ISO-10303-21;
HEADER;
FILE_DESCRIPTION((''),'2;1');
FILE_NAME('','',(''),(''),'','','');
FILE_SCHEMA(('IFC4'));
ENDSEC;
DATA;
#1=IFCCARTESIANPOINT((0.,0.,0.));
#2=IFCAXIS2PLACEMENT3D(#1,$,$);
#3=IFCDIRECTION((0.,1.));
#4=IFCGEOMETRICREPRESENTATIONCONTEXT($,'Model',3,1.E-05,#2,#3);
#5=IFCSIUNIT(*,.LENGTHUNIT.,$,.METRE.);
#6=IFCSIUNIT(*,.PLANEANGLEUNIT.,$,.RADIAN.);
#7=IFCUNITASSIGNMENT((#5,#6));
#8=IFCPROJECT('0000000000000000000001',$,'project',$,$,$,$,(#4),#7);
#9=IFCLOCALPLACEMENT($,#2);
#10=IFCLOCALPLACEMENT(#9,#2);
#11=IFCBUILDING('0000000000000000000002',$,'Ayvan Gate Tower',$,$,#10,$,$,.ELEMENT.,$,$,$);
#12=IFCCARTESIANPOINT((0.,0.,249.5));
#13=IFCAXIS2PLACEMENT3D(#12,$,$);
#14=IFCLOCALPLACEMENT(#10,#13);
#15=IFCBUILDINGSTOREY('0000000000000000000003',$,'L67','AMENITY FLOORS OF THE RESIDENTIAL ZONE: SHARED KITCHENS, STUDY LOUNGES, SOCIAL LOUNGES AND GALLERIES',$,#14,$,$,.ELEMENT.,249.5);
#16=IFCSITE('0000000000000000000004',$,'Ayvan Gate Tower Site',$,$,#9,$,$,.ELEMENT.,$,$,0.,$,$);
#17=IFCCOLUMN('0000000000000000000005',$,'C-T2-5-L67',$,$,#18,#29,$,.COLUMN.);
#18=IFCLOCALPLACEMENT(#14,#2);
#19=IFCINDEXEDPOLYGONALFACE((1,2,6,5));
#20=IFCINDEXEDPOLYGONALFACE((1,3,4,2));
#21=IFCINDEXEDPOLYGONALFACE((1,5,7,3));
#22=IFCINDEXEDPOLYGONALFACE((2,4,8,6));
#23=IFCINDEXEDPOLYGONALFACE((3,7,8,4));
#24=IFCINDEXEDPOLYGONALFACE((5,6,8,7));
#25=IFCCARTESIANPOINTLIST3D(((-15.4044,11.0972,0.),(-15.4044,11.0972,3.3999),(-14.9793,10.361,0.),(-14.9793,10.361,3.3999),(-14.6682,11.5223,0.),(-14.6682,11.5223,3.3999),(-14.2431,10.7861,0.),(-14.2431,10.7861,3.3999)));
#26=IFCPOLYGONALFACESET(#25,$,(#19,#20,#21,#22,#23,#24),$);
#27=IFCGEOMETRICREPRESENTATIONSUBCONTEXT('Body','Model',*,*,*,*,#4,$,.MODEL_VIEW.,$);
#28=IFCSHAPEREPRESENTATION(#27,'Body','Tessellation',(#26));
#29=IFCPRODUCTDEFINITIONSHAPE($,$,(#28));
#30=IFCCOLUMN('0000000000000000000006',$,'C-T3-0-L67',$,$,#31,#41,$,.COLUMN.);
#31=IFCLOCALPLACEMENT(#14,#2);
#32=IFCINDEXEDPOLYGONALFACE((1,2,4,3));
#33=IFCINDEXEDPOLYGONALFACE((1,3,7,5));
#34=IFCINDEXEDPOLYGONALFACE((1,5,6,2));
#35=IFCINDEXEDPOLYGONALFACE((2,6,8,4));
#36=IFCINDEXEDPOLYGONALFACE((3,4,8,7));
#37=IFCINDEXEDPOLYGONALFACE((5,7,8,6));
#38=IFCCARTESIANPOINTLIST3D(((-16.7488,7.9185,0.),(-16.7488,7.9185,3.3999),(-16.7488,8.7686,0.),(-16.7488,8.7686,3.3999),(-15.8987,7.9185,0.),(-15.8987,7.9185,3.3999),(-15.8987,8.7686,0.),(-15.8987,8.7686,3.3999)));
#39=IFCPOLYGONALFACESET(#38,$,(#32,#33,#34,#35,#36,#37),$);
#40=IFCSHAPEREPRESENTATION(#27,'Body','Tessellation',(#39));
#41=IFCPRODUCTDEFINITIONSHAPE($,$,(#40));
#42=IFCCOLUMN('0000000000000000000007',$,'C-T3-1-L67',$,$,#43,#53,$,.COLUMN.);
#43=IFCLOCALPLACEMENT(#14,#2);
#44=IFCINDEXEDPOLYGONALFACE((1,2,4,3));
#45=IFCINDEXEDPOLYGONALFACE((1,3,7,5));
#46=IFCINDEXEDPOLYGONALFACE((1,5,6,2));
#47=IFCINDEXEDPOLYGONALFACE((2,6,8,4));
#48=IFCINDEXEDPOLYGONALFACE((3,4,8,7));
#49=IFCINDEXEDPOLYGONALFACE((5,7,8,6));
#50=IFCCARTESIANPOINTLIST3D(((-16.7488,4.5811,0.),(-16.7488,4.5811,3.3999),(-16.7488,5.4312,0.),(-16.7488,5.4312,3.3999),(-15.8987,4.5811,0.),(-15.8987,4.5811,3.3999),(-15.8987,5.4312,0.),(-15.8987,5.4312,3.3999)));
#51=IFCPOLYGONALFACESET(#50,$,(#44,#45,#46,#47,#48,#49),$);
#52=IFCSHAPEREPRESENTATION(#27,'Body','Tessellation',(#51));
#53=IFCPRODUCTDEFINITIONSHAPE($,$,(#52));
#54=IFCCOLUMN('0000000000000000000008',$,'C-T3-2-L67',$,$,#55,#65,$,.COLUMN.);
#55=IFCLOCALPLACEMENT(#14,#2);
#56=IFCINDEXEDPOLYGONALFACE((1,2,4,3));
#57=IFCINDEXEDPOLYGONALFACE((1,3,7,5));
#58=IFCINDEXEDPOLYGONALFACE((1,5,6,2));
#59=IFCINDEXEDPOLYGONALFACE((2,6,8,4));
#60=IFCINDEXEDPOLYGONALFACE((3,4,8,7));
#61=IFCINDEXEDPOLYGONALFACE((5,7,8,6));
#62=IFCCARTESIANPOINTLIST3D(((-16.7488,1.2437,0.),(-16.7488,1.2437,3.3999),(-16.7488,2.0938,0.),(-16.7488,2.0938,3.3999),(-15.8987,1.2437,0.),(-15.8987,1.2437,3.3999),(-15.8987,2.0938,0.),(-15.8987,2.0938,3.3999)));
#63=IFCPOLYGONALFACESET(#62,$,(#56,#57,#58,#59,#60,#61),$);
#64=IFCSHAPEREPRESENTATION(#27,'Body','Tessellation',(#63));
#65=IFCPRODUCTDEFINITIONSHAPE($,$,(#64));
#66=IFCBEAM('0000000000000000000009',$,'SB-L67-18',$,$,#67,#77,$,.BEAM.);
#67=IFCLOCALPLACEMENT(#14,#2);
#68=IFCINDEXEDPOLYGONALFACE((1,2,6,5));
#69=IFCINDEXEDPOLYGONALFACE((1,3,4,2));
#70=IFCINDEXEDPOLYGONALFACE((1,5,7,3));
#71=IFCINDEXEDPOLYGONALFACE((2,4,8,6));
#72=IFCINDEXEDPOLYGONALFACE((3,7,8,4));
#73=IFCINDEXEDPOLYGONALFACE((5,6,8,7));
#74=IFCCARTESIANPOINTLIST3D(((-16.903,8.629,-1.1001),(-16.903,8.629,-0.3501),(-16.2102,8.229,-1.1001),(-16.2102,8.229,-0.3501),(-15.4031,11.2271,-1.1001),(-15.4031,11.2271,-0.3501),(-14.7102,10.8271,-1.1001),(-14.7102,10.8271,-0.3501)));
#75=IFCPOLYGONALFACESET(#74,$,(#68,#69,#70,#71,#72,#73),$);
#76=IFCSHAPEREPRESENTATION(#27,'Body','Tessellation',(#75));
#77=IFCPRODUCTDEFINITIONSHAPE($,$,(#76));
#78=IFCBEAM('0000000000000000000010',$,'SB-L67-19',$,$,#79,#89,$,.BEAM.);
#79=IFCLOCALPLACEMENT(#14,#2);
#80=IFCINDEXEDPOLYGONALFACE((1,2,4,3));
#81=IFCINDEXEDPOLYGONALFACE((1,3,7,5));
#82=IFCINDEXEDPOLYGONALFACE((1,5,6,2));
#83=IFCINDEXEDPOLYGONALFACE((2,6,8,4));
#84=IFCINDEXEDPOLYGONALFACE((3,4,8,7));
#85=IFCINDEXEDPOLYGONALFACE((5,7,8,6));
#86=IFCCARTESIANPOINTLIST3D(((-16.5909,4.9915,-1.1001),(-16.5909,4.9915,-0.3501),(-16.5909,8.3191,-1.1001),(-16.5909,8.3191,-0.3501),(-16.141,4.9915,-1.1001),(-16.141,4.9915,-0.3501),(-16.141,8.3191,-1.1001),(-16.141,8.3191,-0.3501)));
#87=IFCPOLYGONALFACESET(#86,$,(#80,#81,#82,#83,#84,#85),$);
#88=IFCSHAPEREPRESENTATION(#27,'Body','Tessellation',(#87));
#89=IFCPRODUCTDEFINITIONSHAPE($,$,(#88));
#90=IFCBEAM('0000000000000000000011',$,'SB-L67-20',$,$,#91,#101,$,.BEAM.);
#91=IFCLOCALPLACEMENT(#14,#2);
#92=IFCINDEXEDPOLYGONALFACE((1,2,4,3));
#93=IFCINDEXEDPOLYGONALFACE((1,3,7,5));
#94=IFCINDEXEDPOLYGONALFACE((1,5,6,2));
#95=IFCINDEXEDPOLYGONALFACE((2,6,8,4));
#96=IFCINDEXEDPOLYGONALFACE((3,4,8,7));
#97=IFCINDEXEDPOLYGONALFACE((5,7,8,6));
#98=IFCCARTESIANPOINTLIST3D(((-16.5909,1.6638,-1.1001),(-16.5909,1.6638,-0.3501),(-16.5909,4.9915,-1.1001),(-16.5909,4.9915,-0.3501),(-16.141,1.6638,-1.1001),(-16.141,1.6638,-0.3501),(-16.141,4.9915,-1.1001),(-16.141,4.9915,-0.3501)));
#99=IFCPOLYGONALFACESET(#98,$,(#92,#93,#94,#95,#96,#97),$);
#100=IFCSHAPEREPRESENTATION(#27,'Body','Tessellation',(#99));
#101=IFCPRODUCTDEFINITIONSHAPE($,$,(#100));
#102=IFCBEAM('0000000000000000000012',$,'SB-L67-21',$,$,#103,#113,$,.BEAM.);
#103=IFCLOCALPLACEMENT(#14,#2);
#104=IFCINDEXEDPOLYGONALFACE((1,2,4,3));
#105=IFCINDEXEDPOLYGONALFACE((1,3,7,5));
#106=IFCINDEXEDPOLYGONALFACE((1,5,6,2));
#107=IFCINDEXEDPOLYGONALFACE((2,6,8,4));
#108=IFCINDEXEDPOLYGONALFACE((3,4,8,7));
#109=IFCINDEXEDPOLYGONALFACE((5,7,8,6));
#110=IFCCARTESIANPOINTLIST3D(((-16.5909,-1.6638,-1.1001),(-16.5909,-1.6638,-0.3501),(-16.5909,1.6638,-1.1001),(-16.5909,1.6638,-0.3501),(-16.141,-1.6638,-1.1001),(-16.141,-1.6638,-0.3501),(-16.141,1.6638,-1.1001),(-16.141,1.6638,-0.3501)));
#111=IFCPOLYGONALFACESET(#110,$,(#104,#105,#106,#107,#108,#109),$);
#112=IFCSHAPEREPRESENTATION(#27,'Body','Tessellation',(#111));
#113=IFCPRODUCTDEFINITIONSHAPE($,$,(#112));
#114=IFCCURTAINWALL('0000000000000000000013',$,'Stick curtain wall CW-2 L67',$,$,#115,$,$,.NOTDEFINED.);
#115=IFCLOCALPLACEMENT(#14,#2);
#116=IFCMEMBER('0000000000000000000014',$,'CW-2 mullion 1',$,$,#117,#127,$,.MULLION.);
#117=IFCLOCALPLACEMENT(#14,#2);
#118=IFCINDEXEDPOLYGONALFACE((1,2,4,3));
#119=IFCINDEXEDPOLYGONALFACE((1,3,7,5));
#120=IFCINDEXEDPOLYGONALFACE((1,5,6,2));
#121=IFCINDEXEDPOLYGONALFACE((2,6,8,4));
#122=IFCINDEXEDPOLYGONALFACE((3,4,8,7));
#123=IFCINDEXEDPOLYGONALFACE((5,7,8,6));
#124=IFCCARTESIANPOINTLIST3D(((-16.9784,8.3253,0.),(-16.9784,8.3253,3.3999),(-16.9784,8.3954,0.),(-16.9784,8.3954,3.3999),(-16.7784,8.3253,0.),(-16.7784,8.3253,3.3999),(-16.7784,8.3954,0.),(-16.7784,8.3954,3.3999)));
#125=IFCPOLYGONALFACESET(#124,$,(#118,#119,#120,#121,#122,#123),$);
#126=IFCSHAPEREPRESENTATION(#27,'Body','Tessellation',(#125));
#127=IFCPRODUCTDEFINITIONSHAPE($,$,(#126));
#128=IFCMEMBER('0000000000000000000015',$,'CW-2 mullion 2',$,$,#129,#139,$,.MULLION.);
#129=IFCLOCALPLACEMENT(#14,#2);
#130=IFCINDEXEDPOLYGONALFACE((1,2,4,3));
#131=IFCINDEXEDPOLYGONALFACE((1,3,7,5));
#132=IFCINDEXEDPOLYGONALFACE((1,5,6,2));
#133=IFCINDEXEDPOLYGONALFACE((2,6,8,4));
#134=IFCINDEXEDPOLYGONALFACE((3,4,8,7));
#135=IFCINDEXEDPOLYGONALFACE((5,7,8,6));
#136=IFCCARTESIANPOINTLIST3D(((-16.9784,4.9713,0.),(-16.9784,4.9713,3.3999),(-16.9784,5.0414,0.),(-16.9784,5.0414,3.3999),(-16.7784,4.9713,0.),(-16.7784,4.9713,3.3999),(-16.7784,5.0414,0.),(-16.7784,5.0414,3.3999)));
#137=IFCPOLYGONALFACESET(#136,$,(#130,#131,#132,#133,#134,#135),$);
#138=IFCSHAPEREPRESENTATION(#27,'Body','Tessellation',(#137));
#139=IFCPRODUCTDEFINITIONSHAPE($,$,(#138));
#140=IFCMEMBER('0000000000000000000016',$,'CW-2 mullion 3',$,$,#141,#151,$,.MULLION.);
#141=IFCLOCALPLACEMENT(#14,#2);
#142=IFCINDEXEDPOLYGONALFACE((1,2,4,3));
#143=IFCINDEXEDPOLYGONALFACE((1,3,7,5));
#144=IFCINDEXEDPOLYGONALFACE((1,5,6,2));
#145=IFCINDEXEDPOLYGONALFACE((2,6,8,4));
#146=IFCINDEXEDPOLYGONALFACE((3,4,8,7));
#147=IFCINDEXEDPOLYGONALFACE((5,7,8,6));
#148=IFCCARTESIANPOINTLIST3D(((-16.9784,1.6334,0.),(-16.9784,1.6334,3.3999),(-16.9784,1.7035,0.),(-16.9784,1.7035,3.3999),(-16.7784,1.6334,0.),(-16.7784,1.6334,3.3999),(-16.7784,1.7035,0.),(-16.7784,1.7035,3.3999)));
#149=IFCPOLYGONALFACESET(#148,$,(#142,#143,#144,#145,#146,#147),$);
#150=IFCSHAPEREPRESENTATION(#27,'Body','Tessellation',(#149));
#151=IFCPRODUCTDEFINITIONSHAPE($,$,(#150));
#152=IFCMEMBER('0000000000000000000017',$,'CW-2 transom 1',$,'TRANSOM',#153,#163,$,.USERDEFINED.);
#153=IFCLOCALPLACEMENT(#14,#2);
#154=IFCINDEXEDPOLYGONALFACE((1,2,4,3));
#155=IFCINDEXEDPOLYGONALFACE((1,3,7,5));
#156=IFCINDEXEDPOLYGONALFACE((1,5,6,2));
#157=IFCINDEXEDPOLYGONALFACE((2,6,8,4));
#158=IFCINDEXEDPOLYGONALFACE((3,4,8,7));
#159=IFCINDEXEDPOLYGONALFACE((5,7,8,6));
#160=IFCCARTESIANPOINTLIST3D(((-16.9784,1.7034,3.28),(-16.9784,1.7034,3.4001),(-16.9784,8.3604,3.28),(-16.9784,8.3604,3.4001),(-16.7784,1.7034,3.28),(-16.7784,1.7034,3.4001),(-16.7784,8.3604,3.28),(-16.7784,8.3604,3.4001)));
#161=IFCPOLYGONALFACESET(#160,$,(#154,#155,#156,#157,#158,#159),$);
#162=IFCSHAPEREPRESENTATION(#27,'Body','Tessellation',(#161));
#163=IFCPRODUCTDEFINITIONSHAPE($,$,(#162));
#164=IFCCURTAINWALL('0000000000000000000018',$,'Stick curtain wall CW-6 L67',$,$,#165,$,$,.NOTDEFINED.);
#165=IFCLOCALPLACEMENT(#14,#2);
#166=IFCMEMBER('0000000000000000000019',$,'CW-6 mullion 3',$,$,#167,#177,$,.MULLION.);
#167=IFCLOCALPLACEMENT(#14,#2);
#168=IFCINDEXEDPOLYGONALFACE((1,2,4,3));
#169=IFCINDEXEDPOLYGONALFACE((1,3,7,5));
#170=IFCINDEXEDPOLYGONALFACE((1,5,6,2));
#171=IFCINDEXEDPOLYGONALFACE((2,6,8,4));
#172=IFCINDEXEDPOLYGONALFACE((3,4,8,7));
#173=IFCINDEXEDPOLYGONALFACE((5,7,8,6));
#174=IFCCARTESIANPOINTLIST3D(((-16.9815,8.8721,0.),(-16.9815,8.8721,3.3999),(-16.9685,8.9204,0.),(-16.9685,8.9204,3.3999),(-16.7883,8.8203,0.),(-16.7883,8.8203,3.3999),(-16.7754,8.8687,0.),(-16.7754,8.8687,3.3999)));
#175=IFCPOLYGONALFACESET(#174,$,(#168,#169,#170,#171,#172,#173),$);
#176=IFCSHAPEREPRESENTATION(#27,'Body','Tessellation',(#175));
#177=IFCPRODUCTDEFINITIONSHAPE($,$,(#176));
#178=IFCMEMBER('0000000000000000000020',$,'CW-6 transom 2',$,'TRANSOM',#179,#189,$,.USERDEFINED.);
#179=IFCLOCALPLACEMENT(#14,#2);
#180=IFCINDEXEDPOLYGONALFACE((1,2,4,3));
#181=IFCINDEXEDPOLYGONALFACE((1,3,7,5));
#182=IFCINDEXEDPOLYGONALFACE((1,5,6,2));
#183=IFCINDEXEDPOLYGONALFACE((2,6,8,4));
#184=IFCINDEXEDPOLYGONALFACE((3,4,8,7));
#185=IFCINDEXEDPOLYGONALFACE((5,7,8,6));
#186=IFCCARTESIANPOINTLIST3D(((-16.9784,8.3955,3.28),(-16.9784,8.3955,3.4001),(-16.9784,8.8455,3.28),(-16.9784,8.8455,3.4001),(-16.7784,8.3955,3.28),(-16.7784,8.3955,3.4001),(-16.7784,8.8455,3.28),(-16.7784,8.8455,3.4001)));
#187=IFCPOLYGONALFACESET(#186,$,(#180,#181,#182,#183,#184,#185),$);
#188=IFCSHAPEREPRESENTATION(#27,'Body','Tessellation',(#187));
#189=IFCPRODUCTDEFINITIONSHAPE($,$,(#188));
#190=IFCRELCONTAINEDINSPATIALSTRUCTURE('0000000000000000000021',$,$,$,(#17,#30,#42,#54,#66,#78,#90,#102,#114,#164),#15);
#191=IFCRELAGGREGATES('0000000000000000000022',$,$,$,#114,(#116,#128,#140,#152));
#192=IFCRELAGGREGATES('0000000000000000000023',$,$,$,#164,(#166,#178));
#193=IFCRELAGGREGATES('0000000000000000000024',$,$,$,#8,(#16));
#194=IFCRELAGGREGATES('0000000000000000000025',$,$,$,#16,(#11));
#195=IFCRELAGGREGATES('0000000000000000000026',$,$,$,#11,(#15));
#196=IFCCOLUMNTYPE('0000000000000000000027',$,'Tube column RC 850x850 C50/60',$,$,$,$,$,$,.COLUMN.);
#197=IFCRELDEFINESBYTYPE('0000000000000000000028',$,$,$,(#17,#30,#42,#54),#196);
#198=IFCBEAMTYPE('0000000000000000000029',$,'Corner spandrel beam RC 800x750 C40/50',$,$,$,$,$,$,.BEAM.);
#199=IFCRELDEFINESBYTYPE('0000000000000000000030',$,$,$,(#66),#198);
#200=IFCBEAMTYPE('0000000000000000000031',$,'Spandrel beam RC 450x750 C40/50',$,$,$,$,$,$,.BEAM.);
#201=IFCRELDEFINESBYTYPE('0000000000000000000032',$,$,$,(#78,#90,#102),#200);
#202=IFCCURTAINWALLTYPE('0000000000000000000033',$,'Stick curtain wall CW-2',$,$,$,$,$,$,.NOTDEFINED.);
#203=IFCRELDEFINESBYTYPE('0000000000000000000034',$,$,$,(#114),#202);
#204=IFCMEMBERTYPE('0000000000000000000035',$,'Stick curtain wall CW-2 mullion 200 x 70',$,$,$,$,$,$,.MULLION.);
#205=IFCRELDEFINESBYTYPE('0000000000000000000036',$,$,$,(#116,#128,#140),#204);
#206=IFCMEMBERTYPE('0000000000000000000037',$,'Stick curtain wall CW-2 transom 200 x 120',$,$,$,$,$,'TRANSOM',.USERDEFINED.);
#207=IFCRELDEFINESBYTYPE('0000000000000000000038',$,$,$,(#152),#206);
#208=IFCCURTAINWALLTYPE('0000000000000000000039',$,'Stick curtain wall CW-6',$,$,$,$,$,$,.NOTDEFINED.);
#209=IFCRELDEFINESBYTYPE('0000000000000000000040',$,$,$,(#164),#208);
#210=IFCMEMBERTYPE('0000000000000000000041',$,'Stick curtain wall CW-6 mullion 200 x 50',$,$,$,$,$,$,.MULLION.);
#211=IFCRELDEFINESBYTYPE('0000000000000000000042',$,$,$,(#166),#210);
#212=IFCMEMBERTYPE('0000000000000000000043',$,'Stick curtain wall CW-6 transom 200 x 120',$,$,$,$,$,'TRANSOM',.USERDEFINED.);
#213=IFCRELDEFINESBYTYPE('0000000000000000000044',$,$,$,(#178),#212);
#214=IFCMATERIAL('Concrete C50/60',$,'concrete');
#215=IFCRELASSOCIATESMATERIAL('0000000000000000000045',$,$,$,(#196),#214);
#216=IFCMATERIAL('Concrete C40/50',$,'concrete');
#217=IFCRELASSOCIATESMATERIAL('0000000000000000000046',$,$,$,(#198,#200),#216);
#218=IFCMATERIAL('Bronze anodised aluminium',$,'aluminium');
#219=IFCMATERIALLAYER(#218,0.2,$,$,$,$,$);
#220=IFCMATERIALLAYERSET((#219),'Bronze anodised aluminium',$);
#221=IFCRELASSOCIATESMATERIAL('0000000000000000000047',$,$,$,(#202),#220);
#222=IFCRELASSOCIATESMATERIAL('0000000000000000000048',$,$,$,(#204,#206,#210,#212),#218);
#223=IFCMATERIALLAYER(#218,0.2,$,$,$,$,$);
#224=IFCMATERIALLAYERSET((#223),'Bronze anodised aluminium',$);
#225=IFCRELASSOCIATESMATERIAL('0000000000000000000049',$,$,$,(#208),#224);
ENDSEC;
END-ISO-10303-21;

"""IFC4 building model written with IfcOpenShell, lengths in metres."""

from ifc_helpers import new_model, si_unit, direction, frame, origin, origin_2d, place, context, subcontext, project, spatial, rectangle, extrude, material, layer, layer_set, material_profile, profile_set, type_object, element, aggregate, save


model = new_model("IFC4")

# Units and contexts
model_context = context("Model", 3, precision=1e-05, world=origin(), true_north=direction((0.0, 1.0)))
body_context = subcontext(model_context, "Body", "Model", "MODEL_VIEW")
ifc_project = project(units=[si_unit("LENGTHUNIT", "METRE"), si_unit("PLANEANGLEUNIT", "RADIAN")], contexts=[model_context])

# Site, building, storey
site_placement = place(None, origin())
site = spatial("IfcSite", under=ifc_project, at=site_placement, Name="Ayvan Gate Tower Site", CompositionType="ELEMENT", RefElevation=0.0)
building_placement = place(site_placement, origin())
building = spatial("IfcBuilding", under=site, at=building_placement, Name="Ayvan Gate Tower", CompositionType="ELEMENT")
storey_placement = place(building_placement, frame((0.0, 0.0, 249.5)))
storey = spatial("IfcBuildingStorey", under=building, at=storey_placement, Name="L67", Description="AMENITY FLOORS OF THE RESIDENTIAL ZONE: SHARED KITCHENS, STUDY LOUNGES, SOCIAL LOUNGES AND GALLERIES", CompositionType="ELEMENT", Elevation=249.5)

# Columns
ifc_material_1 = material(Name="Concrete C50/60", Category="concrete")
ifc_material_profile_1 = material_profile(ifc_material_1, rectangle(XDim=0.8501, YDim=0.8501, at=origin_2d()), Name="RC 850x850")
ifc_profile_set_1 = profile_set([ifc_material_profile_1], Name="Concrete C50/60")
column_type = type_object("IfcColumnType", Name="Tube column RC 850x850 C50/60", PredefinedType="COLUMN", material=ifc_profile_set_1)
for number, where, z_axis, x_axis, name in (
    (1, (-14.8237, 10.9417, 0.0), (0.0, 0.0, 1.0), (-0.5, 0.866025, 0.0), "C-T2-5-L67"),
    (2, (-16.3237, 8.3435, 0.0), (0.0, 0.0, 1.0), (-1.0, 0.0, 0.0), "C-T3-0-L67"),
    (3, (-16.3237, 5.0061, 0.0), (0.0, 0.0, 1.0), (-1.0, 0.0, 0.0), "C-T3-1-L67"),
    (4, (-16.3237, 1.6687, 0.0), (0.0, 0.0, 1.0), (-1.0, 0.0, 0.0), "C-T3-2-L67"),
):
    element("IfcColumn", number, at=place(storey_placement, frame(where, z_axis=z_axis, x_axis=x_axis)), inside=storey, type_object=column_type, Name=name, PredefinedType="COLUMN", context=body_context, shape_type="SweptSolid", body=[
        extrude(rectangle(XDim=0.8501, YDim=0.8501, at=origin_2d()), origin(), (0.0, 0.0, 1.0), 3.3999),
    ])

# Beams
ifc_material_2 = material(Name="Concrete C40/50", Category="concrete")
ifc_material_profile_2 = material_profile(ifc_material_2, rectangle(XDim=0.8, YDim=0.75, at=origin_2d()), Name="RC 800x750")
ifc_profile_set_2 = profile_set([ifc_material_profile_2], Name="Concrete C40/50")
beam_type_1 = type_object("IfcBeamType", Name="Corner spandrel beam RC 800x750 C40/50", PredefinedType="BEAM", material=ifc_profile_set_2)
beam_placement = place(storey_placement, frame((-15.0566, 11.0271, -0.7251), z_axis=(-0.49999, -0.866031, 0.0), x_axis=(0.866031, -0.49999, 0.0)))
element("IfcBeam", 5, at=beam_placement, inside=storey, type_object=beam_type_1, Name="SB-L67-18", PredefinedType="BEAM", context=body_context, shape_type="SweptSolid", body=[
    extrude(rectangle(XDim=0.8, YDim=0.75, at=origin_2d()), origin(), (0.0, 0.0, 1.0), 3.0),
])
ifc_material_profile_3 = material_profile(ifc_material_2, rectangle(XDim=0.45, YDim=0.75, at=origin_2d()), Name="RC 450x750")
ifc_profile_set_3 = profile_set([ifc_material_profile_3], Name="Concrete C40/50")
beam_type_2 = type_object("IfcBeamType", Name="Spandrel beam RC 450x750 C40/50", PredefinedType="BEAM", material=ifc_profile_set_3)
for number, where, z_axis, x_axis, name in (
    (6, (-16.366, 8.3191, -0.7251), (0.0, -1.0, 0.0), (1.0, 0.0, 0.0), "SB-L67-19"),
    (7, (-16.366, 4.9915, -0.7251), (0.0, -1.0, 0.0), (1.0, 0.0, 0.0), "SB-L67-20"),
    (8, (-16.366, 1.6638, -0.7251), (0.0, -1.0, 0.0), (1.0, 0.0, 0.0), "SB-L67-21"),
):
    element("IfcBeam", number, at=place(storey_placement, frame(where, z_axis=z_axis, x_axis=x_axis)), inside=storey, type_object=beam_type_2, Name=name, PredefinedType="BEAM", context=body_context, shape_type="SweptSolid", body=[
        extrude(rectangle(XDim=0.45, YDim=0.75, at=origin_2d()), origin(), (0.0, 0.0, 1.0), 3.3276),
    ])

# Curtain walls, members
ifc_material_3 = material(Name="Bronze anodised aluminium", Category="aluminium")
ifc_layer_1 = layer(ifc_material_3, 0.2)
ifc_layer_set_1 = layer_set([ifc_layer_1], Name="Bronze anodised aluminium")
curtain_wall_type_1 = type_object("IfcCurtainWallType", Name="Stick curtain wall CW-2", PredefinedType="NOTDEFINED", material=ifc_layer_set_1)
curtain_wall_1_placement = place(storey_placement, origin())
curtain_wall_1 = element("IfcCurtainWall", 9, at=curtain_wall_1_placement, inside=storey, type_object=curtain_wall_type_1, Name="Stick curtain wall CW-2 L67", PredefinedType="NOTDEFINED")
ifc_material_profile_4 = material_profile(ifc_material_3, rectangle(XDim=0.2, YDim=0.0701, at=origin_2d()), Name="Stick curtain wall CW-2 mullion 200 x 70")
ifc_profile_set_4 = profile_set([ifc_material_profile_4], Name="Bronze anodised aluminium")
member_type_1 = type_object("IfcMemberType", Name="Stick curtain wall CW-2 mullion 200 x 70", PredefinedType="MULLION", material=ifc_profile_set_4)
member_1_placement = place(storey_placement, frame((-16.8784, 8.3604, 0.0), z_axis=(0.0, 0.0, 1.0), x_axis=(-1.0, 0.0, 0.0)))
member_1 = element("IfcMember", 10, at=member_1_placement, type_object=member_type_1, Name="CW-2 mullion 1", PredefinedType="MULLION", context=body_context, shape_type="SweptSolid", body=[
    extrude(rectangle(XDim=0.2, YDim=0.0701, at=origin_2d()), origin(), (0.0, 0.0, 1.0), 3.3999),
])
member_2_placement = place(storey_placement, frame((-16.8784, 5.0063, 0.0), z_axis=(0.0, 0.0, 1.0), x_axis=(-1.0, 0.0, 0.0)))
member_2 = element("IfcMember", 11, at=member_2_placement, type_object=member_type_1, Name="CW-2 mullion 2", PredefinedType="MULLION", context=body_context, shape_type="SweptSolid", body=[
    extrude(rectangle(XDim=0.2, YDim=0.0701, at=origin_2d()), origin(), (0.0, 0.0, 1.0), 3.3999),
])
member_3_placement = place(storey_placement, frame((-16.8784, 1.6685, 0.0), z_axis=(0.0, 0.0, 1.0), x_axis=(-1.0, 0.0, 0.0)))
member_3 = element("IfcMember", 12, at=member_3_placement, type_object=member_type_1, Name="CW-2 mullion 3", PredefinedType="MULLION", context=body_context, shape_type="SweptSolid", body=[
    extrude(rectangle(XDim=0.2, YDim=0.0701, at=origin_2d()), origin(), (0.0, 0.0, 1.0), 3.3999),
])
ifc_material_profile_5 = material_profile(ifc_material_3, rectangle(XDim=0.2, YDim=0.1201, at=origin_2d()), Name="Stick curtain wall CW-2 transom 200 x 120")
ifc_profile_set_5 = profile_set([ifc_material_profile_5], Name="Bronze anodised aluminium")
member_type_2 = type_object("IfcMemberType", Name="Stick curtain wall CW-2 transom 200 x 120", ElementType="TRANSOM", PredefinedType="USERDEFINED", material=ifc_profile_set_5)
member_4_placement = place(storey_placement, frame((-16.8784, 8.3604, 3.3401), z_axis=(0.0, -1.0, 0.0), x_axis=(1.0, 0.0, 0.0)))
member_4 = element("IfcMember", 13, at=member_4_placement, type_object=member_type_2, Name="CW-2 transom 1", ObjectType="TRANSOM", PredefinedType="USERDEFINED", context=body_context, shape_type="SweptSolid", body=[
    extrude(rectangle(XDim=0.2, YDim=0.1201, at=origin_2d()), origin(), (0.0, 0.0, 1.0), 6.657),
])
ifc_layer_2 = layer(ifc_material_3, 0.2)
ifc_layer_set_2 = layer_set([ifc_layer_2], Name="Bronze anodised aluminium")
curtain_wall_type_2 = type_object("IfcCurtainWallType", Name="Stick curtain wall CW-6", PredefinedType="NOTDEFINED", material=ifc_layer_set_2)
curtain_wall_2_placement = place(storey_placement, origin())
curtain_wall_2 = element("IfcCurtainWall", 14, at=curtain_wall_2_placement, inside=storey, type_object=curtain_wall_type_2, Name="Stick curtain wall CW-6 L67", PredefinedType="NOTDEFINED")
ifc_material_profile_6 = material_profile(ifc_material_3, rectangle(XDim=0.2, YDim=0.05, at=origin_2d()), Name="Stick curtain wall CW-6 mullion 200 x 50")
ifc_profile_set_6 = profile_set([ifc_material_profile_6], Name="Bronze anodised aluminium")
member_type_3 = type_object("IfcMemberType", Name="Stick curtain wall CW-6 mullion 200 x 50", PredefinedType="MULLION", material=ifc_profile_set_6)
member_5_placement = place(storey_placement, frame((-16.8784, 8.8704, 0.0), z_axis=(0.0, 0.0, 1.0), x_axis=(-0.965926, 0.258819, 0.0)))
member_5 = element("IfcMember", 15, at=member_5_placement, type_object=member_type_3, Name="CW-6 mullion 3", PredefinedType="MULLION", context=body_context, shape_type="SweptSolid", body=[
    extrude(rectangle(XDim=0.2, YDim=0.05, at=origin_2d()), origin(), (0.0, 0.0, 1.0), 3.3999),
])
ifc_material_profile_7 = material_profile(ifc_material_3, rectangle(XDim=0.2, YDim=0.1201, at=origin_2d()), Name="Stick curtain wall CW-6 transom 200 x 120")
ifc_profile_set_7 = profile_set([ifc_material_profile_7], Name="Bronze anodised aluminium")
member_type_4 = type_object("IfcMemberType", Name="Stick curtain wall CW-6 transom 200 x 120", ElementType="TRANSOM", PredefinedType="USERDEFINED", material=ifc_profile_set_7)
member_6_placement = place(storey_placement, frame((-16.8784, 8.8455, 3.3401), z_axis=(0.0, -1.0, 0.0), x_axis=(1.0, 0.0, 0.0)))
member_6 = element("IfcMember", 16, at=member_6_placement, type_object=member_type_4, Name="CW-6 transom 2", ObjectType="TRANSOM", PredefinedType="USERDEFINED", context=body_context, shape_type="SweptSolid", body=[
    extrude(rectangle(XDim=0.2, YDim=0.1201, at=origin_2d()), origin(), (0.0, 0.0, 1.0), 0.45),
])

aggregate(curtain_wall_1, [member_1, member_2, member_3, member_4])
aggregate(curtain_wall_2, [member_5, member_6])

save(model, "model.ifc")
